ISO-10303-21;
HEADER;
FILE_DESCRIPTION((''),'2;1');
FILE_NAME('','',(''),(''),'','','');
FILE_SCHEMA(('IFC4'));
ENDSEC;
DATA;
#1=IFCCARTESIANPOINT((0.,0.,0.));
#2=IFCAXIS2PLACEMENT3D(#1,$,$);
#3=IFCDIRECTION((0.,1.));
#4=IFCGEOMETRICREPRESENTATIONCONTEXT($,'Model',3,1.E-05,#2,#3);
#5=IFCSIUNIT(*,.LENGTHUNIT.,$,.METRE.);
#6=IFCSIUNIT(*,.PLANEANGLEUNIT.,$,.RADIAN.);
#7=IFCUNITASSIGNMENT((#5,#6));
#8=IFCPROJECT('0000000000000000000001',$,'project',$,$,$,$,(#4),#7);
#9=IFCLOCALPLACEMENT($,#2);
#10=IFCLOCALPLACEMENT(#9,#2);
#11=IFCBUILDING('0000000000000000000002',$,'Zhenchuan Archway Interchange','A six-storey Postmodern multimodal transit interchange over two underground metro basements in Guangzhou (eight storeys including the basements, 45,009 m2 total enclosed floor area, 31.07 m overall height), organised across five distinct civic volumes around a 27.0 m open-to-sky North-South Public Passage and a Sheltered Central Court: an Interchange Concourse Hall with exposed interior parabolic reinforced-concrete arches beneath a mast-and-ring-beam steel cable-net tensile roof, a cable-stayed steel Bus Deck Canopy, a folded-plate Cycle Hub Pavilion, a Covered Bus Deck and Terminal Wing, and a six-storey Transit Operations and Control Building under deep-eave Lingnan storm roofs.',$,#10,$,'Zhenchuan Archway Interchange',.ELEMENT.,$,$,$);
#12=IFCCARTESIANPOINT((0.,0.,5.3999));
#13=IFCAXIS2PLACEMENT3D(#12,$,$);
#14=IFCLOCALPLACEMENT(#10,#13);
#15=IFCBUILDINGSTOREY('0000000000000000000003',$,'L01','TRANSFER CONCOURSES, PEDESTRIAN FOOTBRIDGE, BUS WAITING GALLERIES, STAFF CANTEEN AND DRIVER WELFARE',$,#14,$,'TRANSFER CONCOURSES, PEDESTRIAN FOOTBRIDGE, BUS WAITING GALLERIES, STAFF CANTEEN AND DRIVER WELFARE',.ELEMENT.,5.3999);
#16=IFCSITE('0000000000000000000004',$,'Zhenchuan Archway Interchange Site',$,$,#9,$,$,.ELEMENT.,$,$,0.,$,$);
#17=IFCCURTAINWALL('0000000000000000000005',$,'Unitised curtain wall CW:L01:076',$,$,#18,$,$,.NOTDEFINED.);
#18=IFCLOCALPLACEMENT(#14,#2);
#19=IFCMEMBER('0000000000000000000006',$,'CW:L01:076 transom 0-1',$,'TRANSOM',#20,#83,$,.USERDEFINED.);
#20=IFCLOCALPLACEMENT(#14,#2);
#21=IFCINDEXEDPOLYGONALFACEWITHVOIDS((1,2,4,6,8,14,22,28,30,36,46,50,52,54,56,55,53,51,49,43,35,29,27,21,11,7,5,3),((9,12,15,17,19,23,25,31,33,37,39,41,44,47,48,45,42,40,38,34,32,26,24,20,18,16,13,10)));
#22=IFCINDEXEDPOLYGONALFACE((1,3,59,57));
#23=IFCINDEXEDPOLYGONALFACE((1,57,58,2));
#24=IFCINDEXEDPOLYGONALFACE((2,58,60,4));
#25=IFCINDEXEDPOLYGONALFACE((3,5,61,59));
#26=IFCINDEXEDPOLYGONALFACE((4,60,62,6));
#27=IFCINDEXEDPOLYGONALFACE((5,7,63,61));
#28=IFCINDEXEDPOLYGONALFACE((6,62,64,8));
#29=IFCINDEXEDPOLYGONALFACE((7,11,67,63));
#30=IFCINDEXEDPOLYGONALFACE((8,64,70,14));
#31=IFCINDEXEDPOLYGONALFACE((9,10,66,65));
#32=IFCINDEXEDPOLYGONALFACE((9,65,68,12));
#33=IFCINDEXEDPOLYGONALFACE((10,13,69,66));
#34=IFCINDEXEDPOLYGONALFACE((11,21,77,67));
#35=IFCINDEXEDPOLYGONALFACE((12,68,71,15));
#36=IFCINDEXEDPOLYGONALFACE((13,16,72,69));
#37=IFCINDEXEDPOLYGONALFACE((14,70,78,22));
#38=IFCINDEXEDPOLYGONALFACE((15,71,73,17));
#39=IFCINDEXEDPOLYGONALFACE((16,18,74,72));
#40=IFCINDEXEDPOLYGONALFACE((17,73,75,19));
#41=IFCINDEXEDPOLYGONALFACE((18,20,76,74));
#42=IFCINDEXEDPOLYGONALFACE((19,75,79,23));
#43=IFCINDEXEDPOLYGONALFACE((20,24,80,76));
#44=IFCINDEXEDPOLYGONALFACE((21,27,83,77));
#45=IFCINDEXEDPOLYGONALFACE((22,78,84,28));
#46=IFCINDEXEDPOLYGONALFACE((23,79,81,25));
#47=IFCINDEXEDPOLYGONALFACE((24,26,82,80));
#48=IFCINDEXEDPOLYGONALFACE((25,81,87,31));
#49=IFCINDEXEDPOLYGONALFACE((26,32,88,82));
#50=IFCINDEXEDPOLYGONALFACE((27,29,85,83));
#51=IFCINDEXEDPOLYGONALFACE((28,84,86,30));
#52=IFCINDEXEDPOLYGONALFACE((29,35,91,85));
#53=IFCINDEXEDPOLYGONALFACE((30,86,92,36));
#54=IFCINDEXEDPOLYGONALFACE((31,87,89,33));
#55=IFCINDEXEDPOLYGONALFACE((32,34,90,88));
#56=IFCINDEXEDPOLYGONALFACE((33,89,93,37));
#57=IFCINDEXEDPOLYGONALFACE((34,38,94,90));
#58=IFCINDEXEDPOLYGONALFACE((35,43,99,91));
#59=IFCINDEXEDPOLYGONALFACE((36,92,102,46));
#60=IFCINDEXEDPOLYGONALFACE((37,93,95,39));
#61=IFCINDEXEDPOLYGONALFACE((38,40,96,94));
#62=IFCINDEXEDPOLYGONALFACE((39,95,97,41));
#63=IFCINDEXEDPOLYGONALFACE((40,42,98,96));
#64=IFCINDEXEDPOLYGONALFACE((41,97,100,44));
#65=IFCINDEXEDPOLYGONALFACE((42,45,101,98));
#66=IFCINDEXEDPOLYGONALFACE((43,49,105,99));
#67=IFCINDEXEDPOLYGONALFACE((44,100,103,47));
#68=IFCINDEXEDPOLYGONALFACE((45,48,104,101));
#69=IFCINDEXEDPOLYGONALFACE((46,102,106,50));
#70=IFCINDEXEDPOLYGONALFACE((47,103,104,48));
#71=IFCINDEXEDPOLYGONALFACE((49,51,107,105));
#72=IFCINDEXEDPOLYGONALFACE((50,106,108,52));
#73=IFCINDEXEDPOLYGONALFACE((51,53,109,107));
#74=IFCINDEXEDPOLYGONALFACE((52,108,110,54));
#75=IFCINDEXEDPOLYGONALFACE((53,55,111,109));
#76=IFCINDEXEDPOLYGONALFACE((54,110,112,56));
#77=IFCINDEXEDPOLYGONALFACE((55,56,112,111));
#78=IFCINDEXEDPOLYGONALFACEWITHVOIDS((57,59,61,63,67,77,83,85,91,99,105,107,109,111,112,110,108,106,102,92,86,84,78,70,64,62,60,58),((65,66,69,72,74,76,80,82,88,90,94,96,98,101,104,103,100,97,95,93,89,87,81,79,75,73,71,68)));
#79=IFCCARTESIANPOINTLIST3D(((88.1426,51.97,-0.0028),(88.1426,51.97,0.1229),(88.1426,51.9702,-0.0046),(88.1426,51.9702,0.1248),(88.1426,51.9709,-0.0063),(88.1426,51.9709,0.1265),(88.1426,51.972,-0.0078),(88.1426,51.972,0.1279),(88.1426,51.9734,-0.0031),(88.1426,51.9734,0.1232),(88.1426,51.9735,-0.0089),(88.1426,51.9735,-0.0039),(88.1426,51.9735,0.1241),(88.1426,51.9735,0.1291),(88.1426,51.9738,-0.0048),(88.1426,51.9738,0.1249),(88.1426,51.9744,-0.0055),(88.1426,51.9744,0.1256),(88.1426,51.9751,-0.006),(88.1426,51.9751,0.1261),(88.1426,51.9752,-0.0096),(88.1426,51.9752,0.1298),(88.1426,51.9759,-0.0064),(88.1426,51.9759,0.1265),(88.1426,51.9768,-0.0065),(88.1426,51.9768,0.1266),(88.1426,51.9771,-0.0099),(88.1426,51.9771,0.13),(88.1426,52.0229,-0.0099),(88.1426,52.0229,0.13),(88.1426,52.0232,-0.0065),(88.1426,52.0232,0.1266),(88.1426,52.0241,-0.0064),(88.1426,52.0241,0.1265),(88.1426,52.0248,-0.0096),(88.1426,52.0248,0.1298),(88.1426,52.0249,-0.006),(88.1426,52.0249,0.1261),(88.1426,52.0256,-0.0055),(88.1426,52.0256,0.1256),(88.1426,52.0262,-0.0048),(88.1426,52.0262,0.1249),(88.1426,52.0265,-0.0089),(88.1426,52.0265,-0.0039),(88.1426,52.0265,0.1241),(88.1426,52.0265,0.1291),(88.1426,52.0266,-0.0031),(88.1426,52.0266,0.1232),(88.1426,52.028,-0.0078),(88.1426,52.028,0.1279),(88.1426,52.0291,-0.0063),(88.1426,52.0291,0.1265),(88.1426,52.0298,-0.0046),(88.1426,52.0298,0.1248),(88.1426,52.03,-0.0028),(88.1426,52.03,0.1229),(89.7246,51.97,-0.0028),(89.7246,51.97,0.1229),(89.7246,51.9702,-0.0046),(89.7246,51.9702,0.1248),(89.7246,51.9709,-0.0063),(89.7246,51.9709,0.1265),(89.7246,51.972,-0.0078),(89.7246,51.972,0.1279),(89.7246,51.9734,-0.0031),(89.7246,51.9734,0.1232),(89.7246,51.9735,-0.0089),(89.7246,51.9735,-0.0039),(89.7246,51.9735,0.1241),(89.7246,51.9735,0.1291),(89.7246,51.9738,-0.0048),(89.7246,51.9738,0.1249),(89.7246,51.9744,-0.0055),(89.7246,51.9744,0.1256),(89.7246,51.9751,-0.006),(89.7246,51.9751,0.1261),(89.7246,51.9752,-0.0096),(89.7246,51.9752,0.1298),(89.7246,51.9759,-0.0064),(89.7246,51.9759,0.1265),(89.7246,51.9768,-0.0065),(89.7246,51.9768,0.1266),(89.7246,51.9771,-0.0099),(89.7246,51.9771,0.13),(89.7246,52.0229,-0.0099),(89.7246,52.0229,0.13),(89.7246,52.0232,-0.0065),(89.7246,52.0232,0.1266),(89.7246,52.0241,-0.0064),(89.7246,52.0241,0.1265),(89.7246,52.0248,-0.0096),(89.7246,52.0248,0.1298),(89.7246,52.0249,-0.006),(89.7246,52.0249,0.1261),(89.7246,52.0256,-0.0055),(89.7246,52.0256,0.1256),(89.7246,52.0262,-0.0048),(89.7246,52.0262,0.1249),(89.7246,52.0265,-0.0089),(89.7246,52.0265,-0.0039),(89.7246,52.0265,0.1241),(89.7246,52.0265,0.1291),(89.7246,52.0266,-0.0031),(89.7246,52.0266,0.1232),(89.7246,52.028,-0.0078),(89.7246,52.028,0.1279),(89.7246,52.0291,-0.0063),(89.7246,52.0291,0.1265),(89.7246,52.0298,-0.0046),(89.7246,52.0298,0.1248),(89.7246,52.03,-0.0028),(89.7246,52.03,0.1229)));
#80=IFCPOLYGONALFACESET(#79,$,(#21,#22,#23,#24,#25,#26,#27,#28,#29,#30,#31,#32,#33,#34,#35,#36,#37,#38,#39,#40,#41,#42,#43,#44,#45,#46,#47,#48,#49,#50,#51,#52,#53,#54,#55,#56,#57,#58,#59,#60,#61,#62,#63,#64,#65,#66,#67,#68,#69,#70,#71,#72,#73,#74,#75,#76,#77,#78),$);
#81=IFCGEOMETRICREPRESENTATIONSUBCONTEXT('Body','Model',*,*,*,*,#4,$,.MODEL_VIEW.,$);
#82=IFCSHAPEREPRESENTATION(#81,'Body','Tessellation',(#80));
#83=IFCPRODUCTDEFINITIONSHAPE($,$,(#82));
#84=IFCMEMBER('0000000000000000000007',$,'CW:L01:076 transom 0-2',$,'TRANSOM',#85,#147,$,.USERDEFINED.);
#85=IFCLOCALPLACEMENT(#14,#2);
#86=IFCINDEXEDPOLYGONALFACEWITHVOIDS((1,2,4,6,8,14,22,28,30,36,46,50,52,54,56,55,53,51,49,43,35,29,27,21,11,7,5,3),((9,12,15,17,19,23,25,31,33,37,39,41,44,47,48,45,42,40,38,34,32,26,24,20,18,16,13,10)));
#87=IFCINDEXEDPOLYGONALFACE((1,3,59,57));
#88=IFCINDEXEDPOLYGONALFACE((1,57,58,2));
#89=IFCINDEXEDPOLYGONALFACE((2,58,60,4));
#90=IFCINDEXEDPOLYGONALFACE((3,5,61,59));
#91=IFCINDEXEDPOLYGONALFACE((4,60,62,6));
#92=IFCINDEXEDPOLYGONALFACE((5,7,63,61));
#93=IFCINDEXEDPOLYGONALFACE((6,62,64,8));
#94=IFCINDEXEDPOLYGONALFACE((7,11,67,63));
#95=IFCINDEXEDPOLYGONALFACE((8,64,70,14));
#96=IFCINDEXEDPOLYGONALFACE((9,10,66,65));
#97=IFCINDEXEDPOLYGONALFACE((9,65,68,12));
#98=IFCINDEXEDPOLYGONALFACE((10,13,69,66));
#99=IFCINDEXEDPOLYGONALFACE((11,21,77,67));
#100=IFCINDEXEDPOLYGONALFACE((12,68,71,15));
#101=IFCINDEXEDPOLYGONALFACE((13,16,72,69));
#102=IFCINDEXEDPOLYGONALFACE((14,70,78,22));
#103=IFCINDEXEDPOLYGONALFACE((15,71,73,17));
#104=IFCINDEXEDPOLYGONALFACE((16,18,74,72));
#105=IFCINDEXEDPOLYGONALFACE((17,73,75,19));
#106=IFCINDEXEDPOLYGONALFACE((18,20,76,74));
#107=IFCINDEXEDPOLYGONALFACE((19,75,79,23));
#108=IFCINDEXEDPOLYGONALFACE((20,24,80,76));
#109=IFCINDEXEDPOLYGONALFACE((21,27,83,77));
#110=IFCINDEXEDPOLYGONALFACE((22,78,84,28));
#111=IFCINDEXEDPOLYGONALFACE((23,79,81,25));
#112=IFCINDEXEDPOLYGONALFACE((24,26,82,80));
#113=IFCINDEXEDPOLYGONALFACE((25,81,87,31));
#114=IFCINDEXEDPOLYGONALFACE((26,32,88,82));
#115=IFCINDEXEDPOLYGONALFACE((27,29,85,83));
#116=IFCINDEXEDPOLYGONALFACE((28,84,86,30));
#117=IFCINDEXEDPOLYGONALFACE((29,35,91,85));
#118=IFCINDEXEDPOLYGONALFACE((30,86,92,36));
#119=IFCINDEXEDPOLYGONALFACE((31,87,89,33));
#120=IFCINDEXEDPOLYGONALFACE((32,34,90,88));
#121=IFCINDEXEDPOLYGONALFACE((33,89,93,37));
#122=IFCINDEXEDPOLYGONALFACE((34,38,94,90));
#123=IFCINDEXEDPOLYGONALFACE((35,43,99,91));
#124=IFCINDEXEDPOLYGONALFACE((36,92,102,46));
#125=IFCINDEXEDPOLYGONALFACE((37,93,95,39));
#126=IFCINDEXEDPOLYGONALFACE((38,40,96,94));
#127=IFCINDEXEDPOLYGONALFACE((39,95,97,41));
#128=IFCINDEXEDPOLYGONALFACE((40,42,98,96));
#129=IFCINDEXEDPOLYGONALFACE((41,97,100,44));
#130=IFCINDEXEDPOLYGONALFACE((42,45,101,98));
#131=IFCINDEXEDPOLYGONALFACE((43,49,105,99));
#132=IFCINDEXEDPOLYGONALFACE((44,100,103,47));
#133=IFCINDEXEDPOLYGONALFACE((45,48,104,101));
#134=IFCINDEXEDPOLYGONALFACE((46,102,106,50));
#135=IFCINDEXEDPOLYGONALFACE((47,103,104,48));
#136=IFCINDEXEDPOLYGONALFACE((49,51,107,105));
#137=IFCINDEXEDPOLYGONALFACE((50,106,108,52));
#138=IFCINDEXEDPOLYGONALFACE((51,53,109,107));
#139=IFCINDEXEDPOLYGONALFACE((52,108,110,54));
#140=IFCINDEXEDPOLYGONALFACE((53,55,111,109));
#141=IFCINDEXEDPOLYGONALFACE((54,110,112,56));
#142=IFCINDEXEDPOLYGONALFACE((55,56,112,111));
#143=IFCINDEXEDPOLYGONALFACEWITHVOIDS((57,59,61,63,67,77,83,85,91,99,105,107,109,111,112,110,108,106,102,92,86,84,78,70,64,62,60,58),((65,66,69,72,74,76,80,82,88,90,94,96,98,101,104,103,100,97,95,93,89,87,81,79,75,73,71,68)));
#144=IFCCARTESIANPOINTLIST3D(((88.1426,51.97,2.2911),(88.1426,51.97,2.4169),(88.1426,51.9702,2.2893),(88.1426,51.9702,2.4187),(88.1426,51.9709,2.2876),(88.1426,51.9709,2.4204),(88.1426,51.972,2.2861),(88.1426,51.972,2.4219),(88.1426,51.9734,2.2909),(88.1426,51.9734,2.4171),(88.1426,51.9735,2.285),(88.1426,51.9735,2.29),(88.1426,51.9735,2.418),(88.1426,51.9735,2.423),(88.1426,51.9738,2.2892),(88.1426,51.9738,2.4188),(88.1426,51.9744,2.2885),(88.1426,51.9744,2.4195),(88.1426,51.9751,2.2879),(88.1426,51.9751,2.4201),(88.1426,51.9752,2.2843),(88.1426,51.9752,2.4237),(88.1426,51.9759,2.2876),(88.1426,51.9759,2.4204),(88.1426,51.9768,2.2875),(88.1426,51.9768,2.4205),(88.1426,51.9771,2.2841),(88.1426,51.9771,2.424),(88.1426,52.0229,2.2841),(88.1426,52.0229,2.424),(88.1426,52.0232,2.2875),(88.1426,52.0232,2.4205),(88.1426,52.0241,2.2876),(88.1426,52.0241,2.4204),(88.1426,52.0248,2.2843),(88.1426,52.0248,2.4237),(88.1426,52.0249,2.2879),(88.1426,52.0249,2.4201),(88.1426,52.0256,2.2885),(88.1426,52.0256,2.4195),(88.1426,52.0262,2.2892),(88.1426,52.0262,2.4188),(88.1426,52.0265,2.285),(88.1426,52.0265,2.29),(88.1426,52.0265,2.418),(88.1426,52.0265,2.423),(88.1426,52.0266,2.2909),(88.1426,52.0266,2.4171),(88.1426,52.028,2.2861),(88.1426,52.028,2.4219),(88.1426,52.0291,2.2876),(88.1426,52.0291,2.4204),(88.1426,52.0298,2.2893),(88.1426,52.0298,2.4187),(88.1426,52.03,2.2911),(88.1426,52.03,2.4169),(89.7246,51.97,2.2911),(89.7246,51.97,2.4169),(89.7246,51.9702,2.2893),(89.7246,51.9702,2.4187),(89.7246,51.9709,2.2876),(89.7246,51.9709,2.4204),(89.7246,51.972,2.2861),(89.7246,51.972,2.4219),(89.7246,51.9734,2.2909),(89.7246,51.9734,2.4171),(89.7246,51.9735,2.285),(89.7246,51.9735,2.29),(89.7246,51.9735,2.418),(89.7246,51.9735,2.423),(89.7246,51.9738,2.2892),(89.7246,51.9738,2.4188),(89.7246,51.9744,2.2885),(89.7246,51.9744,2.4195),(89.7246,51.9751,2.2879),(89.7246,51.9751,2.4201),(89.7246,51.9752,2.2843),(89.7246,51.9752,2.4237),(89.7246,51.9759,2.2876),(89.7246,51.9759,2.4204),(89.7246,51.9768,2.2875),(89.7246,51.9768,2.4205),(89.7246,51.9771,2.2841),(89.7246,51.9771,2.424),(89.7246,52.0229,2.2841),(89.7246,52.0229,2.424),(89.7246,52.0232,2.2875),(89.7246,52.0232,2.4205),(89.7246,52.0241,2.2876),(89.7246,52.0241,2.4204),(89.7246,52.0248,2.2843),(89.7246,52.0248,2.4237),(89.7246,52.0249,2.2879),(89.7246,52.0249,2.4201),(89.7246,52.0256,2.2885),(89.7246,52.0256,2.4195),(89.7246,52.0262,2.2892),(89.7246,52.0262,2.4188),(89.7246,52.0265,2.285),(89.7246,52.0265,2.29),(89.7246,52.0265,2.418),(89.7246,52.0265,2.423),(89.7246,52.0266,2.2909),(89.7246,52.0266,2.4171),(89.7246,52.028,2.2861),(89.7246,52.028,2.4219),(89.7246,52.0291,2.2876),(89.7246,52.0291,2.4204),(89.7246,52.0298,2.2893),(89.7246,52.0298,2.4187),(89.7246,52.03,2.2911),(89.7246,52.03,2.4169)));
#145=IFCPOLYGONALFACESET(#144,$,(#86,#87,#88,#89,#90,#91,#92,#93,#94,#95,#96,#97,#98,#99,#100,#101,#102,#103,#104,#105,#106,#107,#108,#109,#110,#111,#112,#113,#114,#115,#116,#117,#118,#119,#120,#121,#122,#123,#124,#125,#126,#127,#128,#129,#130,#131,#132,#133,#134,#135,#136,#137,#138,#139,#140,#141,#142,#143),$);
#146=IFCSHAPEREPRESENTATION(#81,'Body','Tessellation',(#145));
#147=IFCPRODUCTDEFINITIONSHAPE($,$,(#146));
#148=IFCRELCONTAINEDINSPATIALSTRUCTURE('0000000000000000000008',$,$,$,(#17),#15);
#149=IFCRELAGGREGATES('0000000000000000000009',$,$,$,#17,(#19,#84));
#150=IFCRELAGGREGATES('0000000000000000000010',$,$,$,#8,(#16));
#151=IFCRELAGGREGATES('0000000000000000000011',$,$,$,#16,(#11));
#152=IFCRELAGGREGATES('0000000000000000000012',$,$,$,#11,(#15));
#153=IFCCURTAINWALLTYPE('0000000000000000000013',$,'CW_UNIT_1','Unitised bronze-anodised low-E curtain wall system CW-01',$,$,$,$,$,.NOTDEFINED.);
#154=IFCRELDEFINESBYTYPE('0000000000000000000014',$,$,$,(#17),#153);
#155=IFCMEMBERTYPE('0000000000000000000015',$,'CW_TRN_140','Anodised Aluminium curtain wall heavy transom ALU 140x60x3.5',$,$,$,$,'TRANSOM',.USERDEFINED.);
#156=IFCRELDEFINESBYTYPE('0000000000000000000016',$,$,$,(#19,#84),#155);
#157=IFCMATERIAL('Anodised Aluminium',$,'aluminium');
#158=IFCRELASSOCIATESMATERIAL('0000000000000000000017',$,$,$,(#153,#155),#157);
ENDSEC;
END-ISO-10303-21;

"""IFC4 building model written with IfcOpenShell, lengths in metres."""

from ifc_helpers import new_model, si_unit, direction, frame, origin, origin_2d, place, context, subcontext, project, spatial, hollow_rectangle, extrude, material, material_profile, profile_set, type_object, element, aggregate, save


model = new_model("IFC4")

# Units and contexts
model_context = context("Model", 3, precision=1e-05, world=origin(), true_north=direction((0.0, 1.0)))
body_context = subcontext(model_context, "Body", "Model", "MODEL_VIEW")
ifc_project = project(units=[si_unit("LENGTHUNIT", "METRE"), si_unit("PLANEANGLEUNIT", "RADIAN")], contexts=[model_context])

# Site, building, storey
site_placement = place(None, origin())
site = spatial("IfcSite", under=ifc_project, at=site_placement, Name="Zhenchuan Archway Interchange Site", CompositionType="ELEMENT", RefElevation=0.0)
building_placement = place(site_placement, origin())
building = spatial("IfcBuilding", under=site, at=building_placement, Name="Zhenchuan Archway Interchange", Description="A six-storey Postmodern multimodal transit interchange over two underground metro basements in Guangzhou (eight storeys including the basements, 45,009 m2 total enclosed floor area, 31.07 m overall height), organised across five distinct civic volumes around a 27.0 m open-to-sky North-South Public Passage and a Sheltered Central Court: an Interchange Concourse Hall with exposed interior parabolic reinforced-concrete arches beneath a mast-and-ring-beam steel cable-net tensile roof, a cable-stayed steel Bus Deck Canopy, a folded-plate Cycle Hub Pavilion, a Covered Bus Deck and Terminal Wing, and a six-storey Transit Operations and Control Building under deep-eave Lingnan storm roofs.", LongName="Zhenchuan Archway Interchange", CompositionType="ELEMENT")
storey_placement = place(building_placement, frame((0.0, 0.0, 5.3999)))
storey = spatial("IfcBuildingStorey", under=building, at=storey_placement, Name="L01", Description="TRANSFER CONCOURSES, PEDESTRIAN FOOTBRIDGE, BUS WAITING GALLERIES, STAFF CANTEEN AND DRIVER WELFARE", LongName="TRANSFER CONCOURSES, PEDESTRIAN FOOTBRIDGE, BUS WAITING GALLERIES, STAFF CANTEEN AND DRIVER WELFARE", CompositionType="ELEMENT", Elevation=5.3999)

# Shared definitions
ifc_material_1 = material(Name="Anodised Aluminium", Category="aluminium")

# Curtain wall
curtain_wall_type_1 = type_object("IfcCurtainWallType", Name="CW_UNIT_1", Description="Unitised bronze-anodised low-E curtain wall system CW-01", PredefinedType="NOTDEFINED", material=ifc_material_1)
curtain_wall_1_placement = place(storey_placement, origin())
curtain_wall_1 = element("IfcCurtainWall", 1, at=curtain_wall_1_placement, inside=storey, type_object=curtain_wall_type_1, Name="Unitised curtain wall CW:L01:076", PredefinedType="NOTDEFINED")

# Members
ifc_material_profile_1 = material_profile(ifc_material_1, hollow_rectangle(XDim=0.0601, YDim=0.1399, WallThickness=0.0034, InnerFilletRadius=0.0034, OuterFilletRadius=0.0071, at=origin_2d()), Name="ALU 140x60x3.5")
ifc_profile_set_1 = profile_set([ifc_material_profile_1], Name="Anodised Aluminium")
member_type_1 = type_object("IfcMemberType", Name="CW_TRN_140", Description="Anodised Aluminium curtain wall heavy transom ALU 140x60x3.5", ElementType="TRANSOM", PredefinedType="USERDEFINED", material=ifc_profile_set_1)
member_1_placement = place(storey_placement, frame((89.7246, 52.0, 0.0601), z_axis=(-1.0, 0.0, 0.0), x_axis=(0.0, -1.0, 0.0)))
member_1 = element("IfcMember", 2, at=member_1_placement, type_object=member_type_1, Name="CW:L01:076 transom 0-1", ObjectType="TRANSOM", PredefinedType="USERDEFINED", context=body_context, shape_type="SweptSolid", body=[
    extrude(hollow_rectangle(XDim=0.0601, YDim=0.1399, WallThickness=0.0034, InnerFilletRadius=0.0034, OuterFilletRadius=0.0071, at=origin_2d()), origin(), (0.0, 0.0, 1.0), 1.582),
])
member_2_placement = place(storey_placement, frame((89.7246, 52.0, 2.354), z_axis=(-1.0, 0.0, 0.0), x_axis=(0.0, -1.0, 0.0)))
member_2 = element("IfcMember", 3, at=member_2_placement, type_object=member_type_1, Name="CW:L01:076 transom 0-2", ObjectType="TRANSOM", PredefinedType="USERDEFINED", context=body_context, shape_type="SweptSolid", body=[
    extrude(hollow_rectangle(XDim=0.0601, YDim=0.1399, WallThickness=0.0034, InnerFilletRadius=0.0034, OuterFilletRadius=0.0071, at=origin_2d()), origin(), (0.0, 0.0, 1.0), 1.582),
])

aggregate(curtain_wall_1, [member_1, member_2])

save(model, "model.ifc")
